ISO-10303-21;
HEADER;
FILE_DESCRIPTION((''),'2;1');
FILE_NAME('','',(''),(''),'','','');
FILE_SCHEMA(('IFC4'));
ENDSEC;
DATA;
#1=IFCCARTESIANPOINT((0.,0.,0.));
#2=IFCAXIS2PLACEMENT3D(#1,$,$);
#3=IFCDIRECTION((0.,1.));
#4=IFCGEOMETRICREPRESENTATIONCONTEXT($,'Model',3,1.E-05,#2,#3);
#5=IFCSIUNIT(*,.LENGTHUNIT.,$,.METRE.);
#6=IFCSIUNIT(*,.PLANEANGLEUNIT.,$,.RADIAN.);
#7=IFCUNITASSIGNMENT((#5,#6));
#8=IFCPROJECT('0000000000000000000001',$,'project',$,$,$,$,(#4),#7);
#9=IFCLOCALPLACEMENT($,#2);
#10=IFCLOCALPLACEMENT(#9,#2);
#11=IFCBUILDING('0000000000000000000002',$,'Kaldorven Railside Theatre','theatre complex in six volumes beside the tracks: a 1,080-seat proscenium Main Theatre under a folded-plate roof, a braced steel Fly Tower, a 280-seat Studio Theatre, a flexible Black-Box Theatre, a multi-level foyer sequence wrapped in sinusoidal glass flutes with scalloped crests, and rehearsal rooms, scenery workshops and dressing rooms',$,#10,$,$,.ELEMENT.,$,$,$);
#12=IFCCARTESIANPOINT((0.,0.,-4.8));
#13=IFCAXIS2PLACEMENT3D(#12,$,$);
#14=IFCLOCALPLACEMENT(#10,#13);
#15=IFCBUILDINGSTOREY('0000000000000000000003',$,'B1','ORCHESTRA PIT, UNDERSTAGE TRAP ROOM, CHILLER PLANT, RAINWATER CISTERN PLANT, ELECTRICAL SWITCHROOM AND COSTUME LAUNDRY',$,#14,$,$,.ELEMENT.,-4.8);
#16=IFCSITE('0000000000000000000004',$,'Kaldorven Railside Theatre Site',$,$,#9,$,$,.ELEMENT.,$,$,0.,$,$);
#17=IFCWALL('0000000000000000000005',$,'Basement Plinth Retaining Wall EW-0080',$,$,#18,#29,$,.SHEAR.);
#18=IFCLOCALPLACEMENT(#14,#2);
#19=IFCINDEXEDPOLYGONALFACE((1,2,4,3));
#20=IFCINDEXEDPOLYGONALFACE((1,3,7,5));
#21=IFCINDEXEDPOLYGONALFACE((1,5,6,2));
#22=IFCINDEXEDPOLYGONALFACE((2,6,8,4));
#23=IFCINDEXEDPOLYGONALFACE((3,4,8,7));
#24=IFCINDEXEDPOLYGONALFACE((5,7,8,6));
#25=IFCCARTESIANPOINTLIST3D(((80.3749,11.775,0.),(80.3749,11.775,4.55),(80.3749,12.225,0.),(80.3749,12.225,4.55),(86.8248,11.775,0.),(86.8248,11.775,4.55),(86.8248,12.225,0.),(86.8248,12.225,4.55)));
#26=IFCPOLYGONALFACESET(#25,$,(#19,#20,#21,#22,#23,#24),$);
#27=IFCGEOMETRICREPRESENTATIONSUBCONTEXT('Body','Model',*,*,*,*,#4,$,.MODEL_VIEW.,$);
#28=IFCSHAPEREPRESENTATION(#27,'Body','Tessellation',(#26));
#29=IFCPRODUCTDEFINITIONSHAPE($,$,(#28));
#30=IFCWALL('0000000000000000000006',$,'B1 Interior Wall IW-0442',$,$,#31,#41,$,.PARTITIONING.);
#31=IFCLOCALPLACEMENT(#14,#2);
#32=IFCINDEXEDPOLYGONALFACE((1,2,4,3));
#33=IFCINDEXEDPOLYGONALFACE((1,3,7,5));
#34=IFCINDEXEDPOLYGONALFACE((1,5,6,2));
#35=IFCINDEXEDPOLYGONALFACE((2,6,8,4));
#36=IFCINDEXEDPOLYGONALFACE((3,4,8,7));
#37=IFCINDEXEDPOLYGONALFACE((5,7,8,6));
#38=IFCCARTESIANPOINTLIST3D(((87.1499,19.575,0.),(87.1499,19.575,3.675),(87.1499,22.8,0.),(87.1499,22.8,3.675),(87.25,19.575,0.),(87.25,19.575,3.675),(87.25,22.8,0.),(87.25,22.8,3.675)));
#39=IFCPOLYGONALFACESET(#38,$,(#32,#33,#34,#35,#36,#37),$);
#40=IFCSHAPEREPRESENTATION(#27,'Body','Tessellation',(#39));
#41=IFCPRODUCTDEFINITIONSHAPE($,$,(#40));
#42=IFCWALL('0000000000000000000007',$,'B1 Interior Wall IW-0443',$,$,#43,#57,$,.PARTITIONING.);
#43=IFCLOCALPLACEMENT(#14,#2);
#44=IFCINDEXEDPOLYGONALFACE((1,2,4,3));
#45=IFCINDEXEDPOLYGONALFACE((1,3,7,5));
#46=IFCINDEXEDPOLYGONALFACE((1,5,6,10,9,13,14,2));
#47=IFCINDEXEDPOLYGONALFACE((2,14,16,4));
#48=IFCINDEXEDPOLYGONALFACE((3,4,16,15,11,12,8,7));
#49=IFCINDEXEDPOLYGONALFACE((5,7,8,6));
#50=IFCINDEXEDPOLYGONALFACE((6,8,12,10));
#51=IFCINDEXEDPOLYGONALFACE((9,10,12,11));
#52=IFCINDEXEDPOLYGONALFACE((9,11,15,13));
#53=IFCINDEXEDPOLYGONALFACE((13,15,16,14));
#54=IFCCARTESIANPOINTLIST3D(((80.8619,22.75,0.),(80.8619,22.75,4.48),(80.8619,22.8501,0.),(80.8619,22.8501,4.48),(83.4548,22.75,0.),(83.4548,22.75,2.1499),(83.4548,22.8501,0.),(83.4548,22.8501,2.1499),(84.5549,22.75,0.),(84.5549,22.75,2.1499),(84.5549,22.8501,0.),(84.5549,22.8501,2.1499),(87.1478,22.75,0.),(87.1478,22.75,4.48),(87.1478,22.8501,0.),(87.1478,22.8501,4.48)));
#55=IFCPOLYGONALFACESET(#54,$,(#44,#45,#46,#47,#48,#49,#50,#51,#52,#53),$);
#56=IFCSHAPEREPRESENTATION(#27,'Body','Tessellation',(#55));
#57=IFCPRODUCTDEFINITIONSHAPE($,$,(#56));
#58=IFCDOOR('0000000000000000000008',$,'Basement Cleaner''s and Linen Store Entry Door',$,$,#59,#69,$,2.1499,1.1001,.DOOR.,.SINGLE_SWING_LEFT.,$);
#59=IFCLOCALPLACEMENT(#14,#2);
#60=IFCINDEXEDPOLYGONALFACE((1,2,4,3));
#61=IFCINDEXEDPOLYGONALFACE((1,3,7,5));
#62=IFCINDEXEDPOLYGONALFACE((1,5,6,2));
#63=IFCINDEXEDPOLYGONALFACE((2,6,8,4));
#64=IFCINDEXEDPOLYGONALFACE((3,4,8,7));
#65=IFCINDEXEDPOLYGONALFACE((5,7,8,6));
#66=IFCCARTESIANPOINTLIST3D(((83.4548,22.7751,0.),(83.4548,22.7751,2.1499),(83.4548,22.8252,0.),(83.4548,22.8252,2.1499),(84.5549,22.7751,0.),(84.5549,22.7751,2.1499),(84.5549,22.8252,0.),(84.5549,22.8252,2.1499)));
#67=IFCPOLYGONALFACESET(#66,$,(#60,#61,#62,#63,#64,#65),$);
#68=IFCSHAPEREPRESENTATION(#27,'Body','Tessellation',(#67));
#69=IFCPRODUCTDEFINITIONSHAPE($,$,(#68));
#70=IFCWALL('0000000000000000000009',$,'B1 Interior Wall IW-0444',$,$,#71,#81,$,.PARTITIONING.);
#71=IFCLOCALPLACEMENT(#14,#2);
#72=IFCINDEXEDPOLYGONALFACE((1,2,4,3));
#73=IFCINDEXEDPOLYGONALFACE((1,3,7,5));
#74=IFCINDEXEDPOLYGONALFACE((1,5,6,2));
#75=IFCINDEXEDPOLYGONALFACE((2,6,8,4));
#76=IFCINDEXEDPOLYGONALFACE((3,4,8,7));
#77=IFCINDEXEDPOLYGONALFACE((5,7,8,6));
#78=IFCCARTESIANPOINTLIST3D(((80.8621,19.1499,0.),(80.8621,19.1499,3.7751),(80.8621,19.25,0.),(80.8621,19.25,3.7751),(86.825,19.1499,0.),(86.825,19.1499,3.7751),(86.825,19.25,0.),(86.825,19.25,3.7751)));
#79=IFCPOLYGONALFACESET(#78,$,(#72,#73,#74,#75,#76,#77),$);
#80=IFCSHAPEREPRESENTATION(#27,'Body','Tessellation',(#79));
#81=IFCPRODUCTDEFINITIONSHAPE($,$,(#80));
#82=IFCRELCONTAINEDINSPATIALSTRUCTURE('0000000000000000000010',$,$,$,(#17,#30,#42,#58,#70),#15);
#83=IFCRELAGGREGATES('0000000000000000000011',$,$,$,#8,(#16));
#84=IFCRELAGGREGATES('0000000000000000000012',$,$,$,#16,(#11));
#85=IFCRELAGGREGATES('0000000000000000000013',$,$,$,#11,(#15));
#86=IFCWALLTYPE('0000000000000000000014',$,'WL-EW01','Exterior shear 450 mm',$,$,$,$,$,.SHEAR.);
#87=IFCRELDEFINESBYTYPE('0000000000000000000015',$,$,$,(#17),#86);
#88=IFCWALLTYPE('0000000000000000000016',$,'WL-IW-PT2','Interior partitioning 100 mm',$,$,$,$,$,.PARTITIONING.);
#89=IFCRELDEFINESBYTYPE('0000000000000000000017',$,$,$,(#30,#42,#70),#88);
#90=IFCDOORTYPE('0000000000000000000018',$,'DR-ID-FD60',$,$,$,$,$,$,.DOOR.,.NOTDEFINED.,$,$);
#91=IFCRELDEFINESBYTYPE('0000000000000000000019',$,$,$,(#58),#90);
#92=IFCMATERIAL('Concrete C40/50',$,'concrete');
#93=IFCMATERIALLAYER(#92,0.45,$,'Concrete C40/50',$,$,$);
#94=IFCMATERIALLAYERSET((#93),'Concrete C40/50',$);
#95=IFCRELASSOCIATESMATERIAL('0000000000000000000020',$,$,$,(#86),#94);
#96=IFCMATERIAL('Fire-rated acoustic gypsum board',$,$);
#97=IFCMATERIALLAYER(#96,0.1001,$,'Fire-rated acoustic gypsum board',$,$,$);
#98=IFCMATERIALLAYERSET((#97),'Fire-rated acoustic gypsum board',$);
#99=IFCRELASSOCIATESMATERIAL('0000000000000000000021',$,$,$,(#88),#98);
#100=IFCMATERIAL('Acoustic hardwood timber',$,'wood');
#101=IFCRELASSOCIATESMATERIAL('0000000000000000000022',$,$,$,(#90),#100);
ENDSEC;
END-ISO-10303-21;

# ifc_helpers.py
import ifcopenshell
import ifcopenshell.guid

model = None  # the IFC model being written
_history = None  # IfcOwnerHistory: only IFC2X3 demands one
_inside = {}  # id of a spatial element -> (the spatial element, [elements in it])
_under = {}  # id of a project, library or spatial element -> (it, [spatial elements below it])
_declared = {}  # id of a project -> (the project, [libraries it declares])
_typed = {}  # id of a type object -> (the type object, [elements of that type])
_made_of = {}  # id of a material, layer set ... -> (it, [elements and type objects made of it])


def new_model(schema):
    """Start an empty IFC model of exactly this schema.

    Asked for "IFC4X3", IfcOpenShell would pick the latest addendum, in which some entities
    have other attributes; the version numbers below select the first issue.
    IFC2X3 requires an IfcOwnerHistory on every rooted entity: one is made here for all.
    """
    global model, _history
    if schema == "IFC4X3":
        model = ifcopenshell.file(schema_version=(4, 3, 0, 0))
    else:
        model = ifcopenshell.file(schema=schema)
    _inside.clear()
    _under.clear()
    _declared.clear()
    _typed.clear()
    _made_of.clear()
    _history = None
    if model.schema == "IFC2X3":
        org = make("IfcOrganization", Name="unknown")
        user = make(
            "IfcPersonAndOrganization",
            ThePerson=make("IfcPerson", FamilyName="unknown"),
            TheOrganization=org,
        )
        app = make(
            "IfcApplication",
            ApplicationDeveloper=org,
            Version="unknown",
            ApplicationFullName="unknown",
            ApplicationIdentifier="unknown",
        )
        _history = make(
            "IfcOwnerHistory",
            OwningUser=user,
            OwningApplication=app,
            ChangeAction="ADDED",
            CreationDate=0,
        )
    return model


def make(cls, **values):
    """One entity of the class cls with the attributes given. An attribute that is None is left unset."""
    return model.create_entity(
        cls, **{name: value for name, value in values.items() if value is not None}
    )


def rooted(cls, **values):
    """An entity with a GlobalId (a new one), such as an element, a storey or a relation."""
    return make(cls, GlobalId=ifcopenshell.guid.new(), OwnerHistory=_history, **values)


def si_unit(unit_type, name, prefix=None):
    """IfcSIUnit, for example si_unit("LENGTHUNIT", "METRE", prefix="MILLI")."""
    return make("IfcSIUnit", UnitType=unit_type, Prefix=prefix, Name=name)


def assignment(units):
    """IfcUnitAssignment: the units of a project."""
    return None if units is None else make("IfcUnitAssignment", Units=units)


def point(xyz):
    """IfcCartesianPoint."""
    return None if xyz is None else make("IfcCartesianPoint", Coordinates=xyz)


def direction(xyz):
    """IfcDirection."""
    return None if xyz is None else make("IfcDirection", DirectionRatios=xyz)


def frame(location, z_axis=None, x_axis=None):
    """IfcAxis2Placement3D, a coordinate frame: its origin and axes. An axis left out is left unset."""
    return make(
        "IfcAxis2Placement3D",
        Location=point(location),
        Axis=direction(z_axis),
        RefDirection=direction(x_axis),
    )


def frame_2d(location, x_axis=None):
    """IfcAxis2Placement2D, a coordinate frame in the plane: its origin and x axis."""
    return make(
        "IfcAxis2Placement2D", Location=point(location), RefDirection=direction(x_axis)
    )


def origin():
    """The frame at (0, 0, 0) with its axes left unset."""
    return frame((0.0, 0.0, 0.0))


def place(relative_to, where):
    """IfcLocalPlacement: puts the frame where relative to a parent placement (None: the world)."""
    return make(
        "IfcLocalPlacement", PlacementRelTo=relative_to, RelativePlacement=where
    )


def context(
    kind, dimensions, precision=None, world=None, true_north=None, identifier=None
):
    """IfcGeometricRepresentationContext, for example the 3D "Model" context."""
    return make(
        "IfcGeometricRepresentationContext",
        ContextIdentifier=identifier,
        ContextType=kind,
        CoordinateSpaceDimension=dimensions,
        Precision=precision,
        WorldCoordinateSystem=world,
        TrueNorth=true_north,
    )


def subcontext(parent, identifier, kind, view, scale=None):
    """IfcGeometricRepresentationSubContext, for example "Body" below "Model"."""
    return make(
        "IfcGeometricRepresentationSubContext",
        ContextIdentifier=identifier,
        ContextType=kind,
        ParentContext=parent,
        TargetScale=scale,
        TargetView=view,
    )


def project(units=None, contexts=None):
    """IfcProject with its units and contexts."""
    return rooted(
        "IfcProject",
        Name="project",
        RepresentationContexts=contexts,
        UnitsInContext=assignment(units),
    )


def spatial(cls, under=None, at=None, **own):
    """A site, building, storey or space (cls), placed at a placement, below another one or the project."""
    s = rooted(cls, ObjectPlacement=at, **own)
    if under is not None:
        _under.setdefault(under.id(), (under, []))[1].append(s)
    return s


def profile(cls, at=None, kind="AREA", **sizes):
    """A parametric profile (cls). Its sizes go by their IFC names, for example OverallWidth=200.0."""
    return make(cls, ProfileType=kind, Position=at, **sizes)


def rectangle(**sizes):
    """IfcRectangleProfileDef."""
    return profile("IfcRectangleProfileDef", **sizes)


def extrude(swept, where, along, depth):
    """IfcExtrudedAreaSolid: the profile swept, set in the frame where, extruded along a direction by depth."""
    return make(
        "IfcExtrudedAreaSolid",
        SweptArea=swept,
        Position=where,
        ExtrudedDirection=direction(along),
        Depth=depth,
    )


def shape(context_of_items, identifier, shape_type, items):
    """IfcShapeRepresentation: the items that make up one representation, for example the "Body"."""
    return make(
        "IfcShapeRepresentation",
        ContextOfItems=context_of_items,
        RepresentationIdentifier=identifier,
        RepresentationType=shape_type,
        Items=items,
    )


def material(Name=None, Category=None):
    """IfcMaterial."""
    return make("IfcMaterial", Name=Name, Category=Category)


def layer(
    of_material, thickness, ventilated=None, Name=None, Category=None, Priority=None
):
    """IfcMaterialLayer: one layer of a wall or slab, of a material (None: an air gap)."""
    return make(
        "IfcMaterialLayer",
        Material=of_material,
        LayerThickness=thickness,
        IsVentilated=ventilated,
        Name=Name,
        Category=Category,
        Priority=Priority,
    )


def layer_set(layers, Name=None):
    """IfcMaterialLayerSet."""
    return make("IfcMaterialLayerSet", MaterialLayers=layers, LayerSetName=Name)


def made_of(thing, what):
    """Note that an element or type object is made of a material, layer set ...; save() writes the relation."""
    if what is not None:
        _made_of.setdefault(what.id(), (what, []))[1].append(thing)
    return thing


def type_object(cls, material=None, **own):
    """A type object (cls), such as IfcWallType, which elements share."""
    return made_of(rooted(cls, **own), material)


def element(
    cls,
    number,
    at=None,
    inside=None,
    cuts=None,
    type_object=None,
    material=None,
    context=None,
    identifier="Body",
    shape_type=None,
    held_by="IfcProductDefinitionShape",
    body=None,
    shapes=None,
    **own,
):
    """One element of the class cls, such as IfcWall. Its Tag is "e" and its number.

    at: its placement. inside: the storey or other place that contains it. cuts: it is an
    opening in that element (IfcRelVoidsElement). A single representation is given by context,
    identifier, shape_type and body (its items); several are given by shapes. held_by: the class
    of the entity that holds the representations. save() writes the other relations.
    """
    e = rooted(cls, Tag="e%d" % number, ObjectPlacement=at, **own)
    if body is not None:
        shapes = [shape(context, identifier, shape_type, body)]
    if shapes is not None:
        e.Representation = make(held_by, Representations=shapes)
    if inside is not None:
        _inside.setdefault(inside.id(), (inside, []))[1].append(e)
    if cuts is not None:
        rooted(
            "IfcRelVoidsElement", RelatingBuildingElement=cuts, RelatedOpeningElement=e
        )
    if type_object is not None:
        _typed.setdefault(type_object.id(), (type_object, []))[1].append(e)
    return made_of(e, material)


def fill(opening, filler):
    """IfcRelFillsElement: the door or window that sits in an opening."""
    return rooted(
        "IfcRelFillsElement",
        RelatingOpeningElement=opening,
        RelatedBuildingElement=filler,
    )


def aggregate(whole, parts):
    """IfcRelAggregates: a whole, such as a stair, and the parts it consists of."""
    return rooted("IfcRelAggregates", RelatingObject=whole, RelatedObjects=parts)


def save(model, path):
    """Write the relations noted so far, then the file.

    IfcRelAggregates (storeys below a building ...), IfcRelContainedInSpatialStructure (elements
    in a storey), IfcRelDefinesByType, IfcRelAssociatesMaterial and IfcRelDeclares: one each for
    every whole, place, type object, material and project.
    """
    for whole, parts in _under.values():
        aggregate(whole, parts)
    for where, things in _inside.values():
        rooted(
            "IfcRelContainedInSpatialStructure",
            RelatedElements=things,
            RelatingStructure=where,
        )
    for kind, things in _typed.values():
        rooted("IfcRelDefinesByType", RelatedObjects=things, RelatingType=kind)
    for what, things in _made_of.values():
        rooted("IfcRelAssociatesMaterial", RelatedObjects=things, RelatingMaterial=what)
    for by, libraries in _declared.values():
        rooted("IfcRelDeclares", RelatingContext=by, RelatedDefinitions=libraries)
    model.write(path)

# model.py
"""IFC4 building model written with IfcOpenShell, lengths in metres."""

from ifc_helpers import new_model, si_unit, direction, frame, frame_2d, origin, place, context, subcontext, project, spatial, rectangle, extrude, material, layer, layer_set, type_object, element, fill, save


model = new_model("IFC4")

# Units and contexts
model_context = context("Model", 3, precision=1e-05, world=origin(), true_north=direction((0.0, 1.0)))
body_context = subcontext(model_context, "Body", "Model", "MODEL_VIEW")
ifc_project = project(units=[si_unit("LENGTHUNIT", "METRE"), si_unit("PLANEANGLEUNIT", "RADIAN")], contexts=[model_context])

# Site, building, storey
site_placement = place(None, origin())
site = spatial("IfcSite", under=ifc_project, at=site_placement, Name="Kaldorven Railside Theatre Site", CompositionType="ELEMENT", RefElevation=0.0)
building_placement = place(site_placement, origin())
building = spatial("IfcBuilding", under=site, at=building_placement, Name="Kaldorven Railside Theatre", Description="theatre complex in six volumes beside the tracks: a 1,080-seat proscenium Main Theatre under a folded-plate roof, a braced steel Fly Tower, a 280-seat Studio Theatre, a flexible Black-Box Theatre, a multi-level foyer sequence wrapped in sinusoidal glass flutes with scalloped crests, and rehearsal rooms, scenery workshops and dressing rooms", CompositionType="ELEMENT")
storey_placement = place(building_placement, frame((0.0, 0.0, -4.8)))
storey = spatial("IfcBuildingStorey", under=building, at=storey_placement, Name="B1", Description="ORCHESTRA PIT, UNDERSTAGE TRAP ROOM, CHILLER PLANT, RAINWATER CISTERN PLANT, ELECTRICAL SWITCHROOM AND COSTUME LAUNDRY", CompositionType="ELEMENT", Elevation=-4.8)

# Shared definitions
ifc_material_1 = material(Name="Concrete C40/50", Category="concrete")

# Walls
ifc_layer_1 = layer(ifc_material_1, 0.45, Name="Concrete C40/50")
ifc_layer_set_1 = layer_set([ifc_layer_1], Name="Concrete C40/50")
wall_type_1 = type_object("IfcWallType", Name="WL-EW01", Description="Exterior shear 450 mm", PredefinedType="SHEAR", material=ifc_layer_set_1)
for number, where, z_axis, x_axis, name in (
    (1, (86.825, 12.0, 0.0), (0.0, 0.0, 1.0), (-1.0, 0.0, 0.0), "Basement Plinth Retaining Wall EW-0080"),
):
    element("IfcWall", number, at=place(storey_placement, frame(where, z_axis=z_axis, x_axis=x_axis)), inside=storey, type_object=wall_type_1, Name=name, PredefinedType="SHEAR", context=body_context, shape_type="SweptSolid", body=[
        extrude(rectangle(XDim=6.45, YDim=0.45, at=frame_2d((3.2251, 0.0))), origin(), (0.0, 0.0, 1.0), 4.55),
    ])
ifc_material_2 = material(Name="Fire-rated acoustic gypsum board")
ifc_layer_2 = layer(ifc_material_2, 0.1001, Name="Fire-rated acoustic gypsum board")
ifc_layer_set_2 = layer_set([ifc_layer_2], Name="Fire-rated acoustic gypsum board")
wall_type_2 = type_object("IfcWallType", Name="WL-IW-PT2", Description="Interior partitioning 100 mm", PredefinedType="PARTITIONING", material=ifc_layer_set_2)
wall_1_placement = place(storey_placement, frame((87.2, 19.575, 0.0), z_axis=(0.0, 0.0, 1.0), x_axis=(0.0, 1.0, 0.0)))
element("IfcWall", 2, at=wall_1_placement, inside=storey, type_object=wall_type_2, Name="B1 Interior Wall IW-0442", PredefinedType="PARTITIONING", context=body_context, shape_type="SweptSolid", body=[
    extrude(rectangle(XDim=3.2251, YDim=0.1001, at=frame_2d((1.6125, 0.0))), origin(), (0.0, 0.0, 1.0), 3.675),
])

# Wall, opening, door
wall_2_placement = place(storey_placement, frame((87.1479, 22.8, 0.0), z_axis=(0.0, 0.0, 1.0), x_axis=(-1.0, 0.0, 0.0)))
wall_2 = element("IfcWall", 3, at=wall_2_placement, inside=storey, type_object=wall_type_2, Name="B1 Interior Wall IW-0443", PredefinedType="PARTITIONING", context=body_context, shape_type="SweptSolid", body=[
    extrude(rectangle(XDim=6.2859, YDim=0.1001, at=frame_2d((3.1431, 0.0))), origin(), (0.0, 0.0, 1.0), 4.48),
])
opening_placement = place(wall_2_placement, frame((2.593, 0.0, 0.0)))
opening = element("IfcOpeningElement", 4, at=opening_placement, cuts=wall_2, PredefinedType="OPENING", context=body_context, shape_type="SweptSolid", body=[
    extrude(rectangle(XDim=1.1001, YDim=2.1499, at=frame_2d((0.55, 1.075))), frame((0.0, 0.0601, 0.0), z_axis=(0.0, -1.0, 0.0), x_axis=(1.0, 0.0, 0.0)), (0.0, 0.0, 1.0), 0.1201),
])
ifc_material_3 = material(Name="Acoustic hardwood timber", Category="wood")
door_type = type_object("IfcDoorType", Name="DR-ID-FD60", OperationType="NOTDEFINED", PredefinedType="DOOR", material=ifc_material_3)
door_placement = place(opening_placement, origin())
door = element("IfcDoor", 5, at=door_placement, inside=storey, type_object=door_type, Name="Basement Cleaner's and Linen Store Entry Door", OperationType="SINGLE_SWING_LEFT", OverallHeight=2.1499, OverallWidth=1.1001, PredefinedType="DOOR", context=body_context, shape_type="SweptSolid", body=[
    extrude(rectangle(XDim=1.1001, YDim=2.1499, at=frame_2d((0.55, 1.075))), frame((0.0, 0.0249, 0.0), z_axis=(0.0, -1.0, 0.0), x_axis=(1.0, 0.0, 0.0)), (0.0, 0.0, 1.0), 0.05),
])
fill(opening, door)

# Wall
wall_3_placement = place(storey_placement, frame((80.8621, 19.2, 0.0), z_axis=(0.0, 0.0, 1.0), x_axis=(1.0, 0.0, 0.0)))
element("IfcWall", 6, at=wall_3_placement, inside=storey, type_object=wall_type_2, Name="B1 Interior Wall IW-0444", PredefinedType="PARTITIONING", context=body_context, shape_type="SweptSolid", body=[
    extrude(rectangle(XDim=5.9629, YDim=0.1001, at=frame_2d((2.9814, 0.0))), origin(), (0.0, 0.0, 1.0), 3.7751),
])

save(model, "model.ifc")
